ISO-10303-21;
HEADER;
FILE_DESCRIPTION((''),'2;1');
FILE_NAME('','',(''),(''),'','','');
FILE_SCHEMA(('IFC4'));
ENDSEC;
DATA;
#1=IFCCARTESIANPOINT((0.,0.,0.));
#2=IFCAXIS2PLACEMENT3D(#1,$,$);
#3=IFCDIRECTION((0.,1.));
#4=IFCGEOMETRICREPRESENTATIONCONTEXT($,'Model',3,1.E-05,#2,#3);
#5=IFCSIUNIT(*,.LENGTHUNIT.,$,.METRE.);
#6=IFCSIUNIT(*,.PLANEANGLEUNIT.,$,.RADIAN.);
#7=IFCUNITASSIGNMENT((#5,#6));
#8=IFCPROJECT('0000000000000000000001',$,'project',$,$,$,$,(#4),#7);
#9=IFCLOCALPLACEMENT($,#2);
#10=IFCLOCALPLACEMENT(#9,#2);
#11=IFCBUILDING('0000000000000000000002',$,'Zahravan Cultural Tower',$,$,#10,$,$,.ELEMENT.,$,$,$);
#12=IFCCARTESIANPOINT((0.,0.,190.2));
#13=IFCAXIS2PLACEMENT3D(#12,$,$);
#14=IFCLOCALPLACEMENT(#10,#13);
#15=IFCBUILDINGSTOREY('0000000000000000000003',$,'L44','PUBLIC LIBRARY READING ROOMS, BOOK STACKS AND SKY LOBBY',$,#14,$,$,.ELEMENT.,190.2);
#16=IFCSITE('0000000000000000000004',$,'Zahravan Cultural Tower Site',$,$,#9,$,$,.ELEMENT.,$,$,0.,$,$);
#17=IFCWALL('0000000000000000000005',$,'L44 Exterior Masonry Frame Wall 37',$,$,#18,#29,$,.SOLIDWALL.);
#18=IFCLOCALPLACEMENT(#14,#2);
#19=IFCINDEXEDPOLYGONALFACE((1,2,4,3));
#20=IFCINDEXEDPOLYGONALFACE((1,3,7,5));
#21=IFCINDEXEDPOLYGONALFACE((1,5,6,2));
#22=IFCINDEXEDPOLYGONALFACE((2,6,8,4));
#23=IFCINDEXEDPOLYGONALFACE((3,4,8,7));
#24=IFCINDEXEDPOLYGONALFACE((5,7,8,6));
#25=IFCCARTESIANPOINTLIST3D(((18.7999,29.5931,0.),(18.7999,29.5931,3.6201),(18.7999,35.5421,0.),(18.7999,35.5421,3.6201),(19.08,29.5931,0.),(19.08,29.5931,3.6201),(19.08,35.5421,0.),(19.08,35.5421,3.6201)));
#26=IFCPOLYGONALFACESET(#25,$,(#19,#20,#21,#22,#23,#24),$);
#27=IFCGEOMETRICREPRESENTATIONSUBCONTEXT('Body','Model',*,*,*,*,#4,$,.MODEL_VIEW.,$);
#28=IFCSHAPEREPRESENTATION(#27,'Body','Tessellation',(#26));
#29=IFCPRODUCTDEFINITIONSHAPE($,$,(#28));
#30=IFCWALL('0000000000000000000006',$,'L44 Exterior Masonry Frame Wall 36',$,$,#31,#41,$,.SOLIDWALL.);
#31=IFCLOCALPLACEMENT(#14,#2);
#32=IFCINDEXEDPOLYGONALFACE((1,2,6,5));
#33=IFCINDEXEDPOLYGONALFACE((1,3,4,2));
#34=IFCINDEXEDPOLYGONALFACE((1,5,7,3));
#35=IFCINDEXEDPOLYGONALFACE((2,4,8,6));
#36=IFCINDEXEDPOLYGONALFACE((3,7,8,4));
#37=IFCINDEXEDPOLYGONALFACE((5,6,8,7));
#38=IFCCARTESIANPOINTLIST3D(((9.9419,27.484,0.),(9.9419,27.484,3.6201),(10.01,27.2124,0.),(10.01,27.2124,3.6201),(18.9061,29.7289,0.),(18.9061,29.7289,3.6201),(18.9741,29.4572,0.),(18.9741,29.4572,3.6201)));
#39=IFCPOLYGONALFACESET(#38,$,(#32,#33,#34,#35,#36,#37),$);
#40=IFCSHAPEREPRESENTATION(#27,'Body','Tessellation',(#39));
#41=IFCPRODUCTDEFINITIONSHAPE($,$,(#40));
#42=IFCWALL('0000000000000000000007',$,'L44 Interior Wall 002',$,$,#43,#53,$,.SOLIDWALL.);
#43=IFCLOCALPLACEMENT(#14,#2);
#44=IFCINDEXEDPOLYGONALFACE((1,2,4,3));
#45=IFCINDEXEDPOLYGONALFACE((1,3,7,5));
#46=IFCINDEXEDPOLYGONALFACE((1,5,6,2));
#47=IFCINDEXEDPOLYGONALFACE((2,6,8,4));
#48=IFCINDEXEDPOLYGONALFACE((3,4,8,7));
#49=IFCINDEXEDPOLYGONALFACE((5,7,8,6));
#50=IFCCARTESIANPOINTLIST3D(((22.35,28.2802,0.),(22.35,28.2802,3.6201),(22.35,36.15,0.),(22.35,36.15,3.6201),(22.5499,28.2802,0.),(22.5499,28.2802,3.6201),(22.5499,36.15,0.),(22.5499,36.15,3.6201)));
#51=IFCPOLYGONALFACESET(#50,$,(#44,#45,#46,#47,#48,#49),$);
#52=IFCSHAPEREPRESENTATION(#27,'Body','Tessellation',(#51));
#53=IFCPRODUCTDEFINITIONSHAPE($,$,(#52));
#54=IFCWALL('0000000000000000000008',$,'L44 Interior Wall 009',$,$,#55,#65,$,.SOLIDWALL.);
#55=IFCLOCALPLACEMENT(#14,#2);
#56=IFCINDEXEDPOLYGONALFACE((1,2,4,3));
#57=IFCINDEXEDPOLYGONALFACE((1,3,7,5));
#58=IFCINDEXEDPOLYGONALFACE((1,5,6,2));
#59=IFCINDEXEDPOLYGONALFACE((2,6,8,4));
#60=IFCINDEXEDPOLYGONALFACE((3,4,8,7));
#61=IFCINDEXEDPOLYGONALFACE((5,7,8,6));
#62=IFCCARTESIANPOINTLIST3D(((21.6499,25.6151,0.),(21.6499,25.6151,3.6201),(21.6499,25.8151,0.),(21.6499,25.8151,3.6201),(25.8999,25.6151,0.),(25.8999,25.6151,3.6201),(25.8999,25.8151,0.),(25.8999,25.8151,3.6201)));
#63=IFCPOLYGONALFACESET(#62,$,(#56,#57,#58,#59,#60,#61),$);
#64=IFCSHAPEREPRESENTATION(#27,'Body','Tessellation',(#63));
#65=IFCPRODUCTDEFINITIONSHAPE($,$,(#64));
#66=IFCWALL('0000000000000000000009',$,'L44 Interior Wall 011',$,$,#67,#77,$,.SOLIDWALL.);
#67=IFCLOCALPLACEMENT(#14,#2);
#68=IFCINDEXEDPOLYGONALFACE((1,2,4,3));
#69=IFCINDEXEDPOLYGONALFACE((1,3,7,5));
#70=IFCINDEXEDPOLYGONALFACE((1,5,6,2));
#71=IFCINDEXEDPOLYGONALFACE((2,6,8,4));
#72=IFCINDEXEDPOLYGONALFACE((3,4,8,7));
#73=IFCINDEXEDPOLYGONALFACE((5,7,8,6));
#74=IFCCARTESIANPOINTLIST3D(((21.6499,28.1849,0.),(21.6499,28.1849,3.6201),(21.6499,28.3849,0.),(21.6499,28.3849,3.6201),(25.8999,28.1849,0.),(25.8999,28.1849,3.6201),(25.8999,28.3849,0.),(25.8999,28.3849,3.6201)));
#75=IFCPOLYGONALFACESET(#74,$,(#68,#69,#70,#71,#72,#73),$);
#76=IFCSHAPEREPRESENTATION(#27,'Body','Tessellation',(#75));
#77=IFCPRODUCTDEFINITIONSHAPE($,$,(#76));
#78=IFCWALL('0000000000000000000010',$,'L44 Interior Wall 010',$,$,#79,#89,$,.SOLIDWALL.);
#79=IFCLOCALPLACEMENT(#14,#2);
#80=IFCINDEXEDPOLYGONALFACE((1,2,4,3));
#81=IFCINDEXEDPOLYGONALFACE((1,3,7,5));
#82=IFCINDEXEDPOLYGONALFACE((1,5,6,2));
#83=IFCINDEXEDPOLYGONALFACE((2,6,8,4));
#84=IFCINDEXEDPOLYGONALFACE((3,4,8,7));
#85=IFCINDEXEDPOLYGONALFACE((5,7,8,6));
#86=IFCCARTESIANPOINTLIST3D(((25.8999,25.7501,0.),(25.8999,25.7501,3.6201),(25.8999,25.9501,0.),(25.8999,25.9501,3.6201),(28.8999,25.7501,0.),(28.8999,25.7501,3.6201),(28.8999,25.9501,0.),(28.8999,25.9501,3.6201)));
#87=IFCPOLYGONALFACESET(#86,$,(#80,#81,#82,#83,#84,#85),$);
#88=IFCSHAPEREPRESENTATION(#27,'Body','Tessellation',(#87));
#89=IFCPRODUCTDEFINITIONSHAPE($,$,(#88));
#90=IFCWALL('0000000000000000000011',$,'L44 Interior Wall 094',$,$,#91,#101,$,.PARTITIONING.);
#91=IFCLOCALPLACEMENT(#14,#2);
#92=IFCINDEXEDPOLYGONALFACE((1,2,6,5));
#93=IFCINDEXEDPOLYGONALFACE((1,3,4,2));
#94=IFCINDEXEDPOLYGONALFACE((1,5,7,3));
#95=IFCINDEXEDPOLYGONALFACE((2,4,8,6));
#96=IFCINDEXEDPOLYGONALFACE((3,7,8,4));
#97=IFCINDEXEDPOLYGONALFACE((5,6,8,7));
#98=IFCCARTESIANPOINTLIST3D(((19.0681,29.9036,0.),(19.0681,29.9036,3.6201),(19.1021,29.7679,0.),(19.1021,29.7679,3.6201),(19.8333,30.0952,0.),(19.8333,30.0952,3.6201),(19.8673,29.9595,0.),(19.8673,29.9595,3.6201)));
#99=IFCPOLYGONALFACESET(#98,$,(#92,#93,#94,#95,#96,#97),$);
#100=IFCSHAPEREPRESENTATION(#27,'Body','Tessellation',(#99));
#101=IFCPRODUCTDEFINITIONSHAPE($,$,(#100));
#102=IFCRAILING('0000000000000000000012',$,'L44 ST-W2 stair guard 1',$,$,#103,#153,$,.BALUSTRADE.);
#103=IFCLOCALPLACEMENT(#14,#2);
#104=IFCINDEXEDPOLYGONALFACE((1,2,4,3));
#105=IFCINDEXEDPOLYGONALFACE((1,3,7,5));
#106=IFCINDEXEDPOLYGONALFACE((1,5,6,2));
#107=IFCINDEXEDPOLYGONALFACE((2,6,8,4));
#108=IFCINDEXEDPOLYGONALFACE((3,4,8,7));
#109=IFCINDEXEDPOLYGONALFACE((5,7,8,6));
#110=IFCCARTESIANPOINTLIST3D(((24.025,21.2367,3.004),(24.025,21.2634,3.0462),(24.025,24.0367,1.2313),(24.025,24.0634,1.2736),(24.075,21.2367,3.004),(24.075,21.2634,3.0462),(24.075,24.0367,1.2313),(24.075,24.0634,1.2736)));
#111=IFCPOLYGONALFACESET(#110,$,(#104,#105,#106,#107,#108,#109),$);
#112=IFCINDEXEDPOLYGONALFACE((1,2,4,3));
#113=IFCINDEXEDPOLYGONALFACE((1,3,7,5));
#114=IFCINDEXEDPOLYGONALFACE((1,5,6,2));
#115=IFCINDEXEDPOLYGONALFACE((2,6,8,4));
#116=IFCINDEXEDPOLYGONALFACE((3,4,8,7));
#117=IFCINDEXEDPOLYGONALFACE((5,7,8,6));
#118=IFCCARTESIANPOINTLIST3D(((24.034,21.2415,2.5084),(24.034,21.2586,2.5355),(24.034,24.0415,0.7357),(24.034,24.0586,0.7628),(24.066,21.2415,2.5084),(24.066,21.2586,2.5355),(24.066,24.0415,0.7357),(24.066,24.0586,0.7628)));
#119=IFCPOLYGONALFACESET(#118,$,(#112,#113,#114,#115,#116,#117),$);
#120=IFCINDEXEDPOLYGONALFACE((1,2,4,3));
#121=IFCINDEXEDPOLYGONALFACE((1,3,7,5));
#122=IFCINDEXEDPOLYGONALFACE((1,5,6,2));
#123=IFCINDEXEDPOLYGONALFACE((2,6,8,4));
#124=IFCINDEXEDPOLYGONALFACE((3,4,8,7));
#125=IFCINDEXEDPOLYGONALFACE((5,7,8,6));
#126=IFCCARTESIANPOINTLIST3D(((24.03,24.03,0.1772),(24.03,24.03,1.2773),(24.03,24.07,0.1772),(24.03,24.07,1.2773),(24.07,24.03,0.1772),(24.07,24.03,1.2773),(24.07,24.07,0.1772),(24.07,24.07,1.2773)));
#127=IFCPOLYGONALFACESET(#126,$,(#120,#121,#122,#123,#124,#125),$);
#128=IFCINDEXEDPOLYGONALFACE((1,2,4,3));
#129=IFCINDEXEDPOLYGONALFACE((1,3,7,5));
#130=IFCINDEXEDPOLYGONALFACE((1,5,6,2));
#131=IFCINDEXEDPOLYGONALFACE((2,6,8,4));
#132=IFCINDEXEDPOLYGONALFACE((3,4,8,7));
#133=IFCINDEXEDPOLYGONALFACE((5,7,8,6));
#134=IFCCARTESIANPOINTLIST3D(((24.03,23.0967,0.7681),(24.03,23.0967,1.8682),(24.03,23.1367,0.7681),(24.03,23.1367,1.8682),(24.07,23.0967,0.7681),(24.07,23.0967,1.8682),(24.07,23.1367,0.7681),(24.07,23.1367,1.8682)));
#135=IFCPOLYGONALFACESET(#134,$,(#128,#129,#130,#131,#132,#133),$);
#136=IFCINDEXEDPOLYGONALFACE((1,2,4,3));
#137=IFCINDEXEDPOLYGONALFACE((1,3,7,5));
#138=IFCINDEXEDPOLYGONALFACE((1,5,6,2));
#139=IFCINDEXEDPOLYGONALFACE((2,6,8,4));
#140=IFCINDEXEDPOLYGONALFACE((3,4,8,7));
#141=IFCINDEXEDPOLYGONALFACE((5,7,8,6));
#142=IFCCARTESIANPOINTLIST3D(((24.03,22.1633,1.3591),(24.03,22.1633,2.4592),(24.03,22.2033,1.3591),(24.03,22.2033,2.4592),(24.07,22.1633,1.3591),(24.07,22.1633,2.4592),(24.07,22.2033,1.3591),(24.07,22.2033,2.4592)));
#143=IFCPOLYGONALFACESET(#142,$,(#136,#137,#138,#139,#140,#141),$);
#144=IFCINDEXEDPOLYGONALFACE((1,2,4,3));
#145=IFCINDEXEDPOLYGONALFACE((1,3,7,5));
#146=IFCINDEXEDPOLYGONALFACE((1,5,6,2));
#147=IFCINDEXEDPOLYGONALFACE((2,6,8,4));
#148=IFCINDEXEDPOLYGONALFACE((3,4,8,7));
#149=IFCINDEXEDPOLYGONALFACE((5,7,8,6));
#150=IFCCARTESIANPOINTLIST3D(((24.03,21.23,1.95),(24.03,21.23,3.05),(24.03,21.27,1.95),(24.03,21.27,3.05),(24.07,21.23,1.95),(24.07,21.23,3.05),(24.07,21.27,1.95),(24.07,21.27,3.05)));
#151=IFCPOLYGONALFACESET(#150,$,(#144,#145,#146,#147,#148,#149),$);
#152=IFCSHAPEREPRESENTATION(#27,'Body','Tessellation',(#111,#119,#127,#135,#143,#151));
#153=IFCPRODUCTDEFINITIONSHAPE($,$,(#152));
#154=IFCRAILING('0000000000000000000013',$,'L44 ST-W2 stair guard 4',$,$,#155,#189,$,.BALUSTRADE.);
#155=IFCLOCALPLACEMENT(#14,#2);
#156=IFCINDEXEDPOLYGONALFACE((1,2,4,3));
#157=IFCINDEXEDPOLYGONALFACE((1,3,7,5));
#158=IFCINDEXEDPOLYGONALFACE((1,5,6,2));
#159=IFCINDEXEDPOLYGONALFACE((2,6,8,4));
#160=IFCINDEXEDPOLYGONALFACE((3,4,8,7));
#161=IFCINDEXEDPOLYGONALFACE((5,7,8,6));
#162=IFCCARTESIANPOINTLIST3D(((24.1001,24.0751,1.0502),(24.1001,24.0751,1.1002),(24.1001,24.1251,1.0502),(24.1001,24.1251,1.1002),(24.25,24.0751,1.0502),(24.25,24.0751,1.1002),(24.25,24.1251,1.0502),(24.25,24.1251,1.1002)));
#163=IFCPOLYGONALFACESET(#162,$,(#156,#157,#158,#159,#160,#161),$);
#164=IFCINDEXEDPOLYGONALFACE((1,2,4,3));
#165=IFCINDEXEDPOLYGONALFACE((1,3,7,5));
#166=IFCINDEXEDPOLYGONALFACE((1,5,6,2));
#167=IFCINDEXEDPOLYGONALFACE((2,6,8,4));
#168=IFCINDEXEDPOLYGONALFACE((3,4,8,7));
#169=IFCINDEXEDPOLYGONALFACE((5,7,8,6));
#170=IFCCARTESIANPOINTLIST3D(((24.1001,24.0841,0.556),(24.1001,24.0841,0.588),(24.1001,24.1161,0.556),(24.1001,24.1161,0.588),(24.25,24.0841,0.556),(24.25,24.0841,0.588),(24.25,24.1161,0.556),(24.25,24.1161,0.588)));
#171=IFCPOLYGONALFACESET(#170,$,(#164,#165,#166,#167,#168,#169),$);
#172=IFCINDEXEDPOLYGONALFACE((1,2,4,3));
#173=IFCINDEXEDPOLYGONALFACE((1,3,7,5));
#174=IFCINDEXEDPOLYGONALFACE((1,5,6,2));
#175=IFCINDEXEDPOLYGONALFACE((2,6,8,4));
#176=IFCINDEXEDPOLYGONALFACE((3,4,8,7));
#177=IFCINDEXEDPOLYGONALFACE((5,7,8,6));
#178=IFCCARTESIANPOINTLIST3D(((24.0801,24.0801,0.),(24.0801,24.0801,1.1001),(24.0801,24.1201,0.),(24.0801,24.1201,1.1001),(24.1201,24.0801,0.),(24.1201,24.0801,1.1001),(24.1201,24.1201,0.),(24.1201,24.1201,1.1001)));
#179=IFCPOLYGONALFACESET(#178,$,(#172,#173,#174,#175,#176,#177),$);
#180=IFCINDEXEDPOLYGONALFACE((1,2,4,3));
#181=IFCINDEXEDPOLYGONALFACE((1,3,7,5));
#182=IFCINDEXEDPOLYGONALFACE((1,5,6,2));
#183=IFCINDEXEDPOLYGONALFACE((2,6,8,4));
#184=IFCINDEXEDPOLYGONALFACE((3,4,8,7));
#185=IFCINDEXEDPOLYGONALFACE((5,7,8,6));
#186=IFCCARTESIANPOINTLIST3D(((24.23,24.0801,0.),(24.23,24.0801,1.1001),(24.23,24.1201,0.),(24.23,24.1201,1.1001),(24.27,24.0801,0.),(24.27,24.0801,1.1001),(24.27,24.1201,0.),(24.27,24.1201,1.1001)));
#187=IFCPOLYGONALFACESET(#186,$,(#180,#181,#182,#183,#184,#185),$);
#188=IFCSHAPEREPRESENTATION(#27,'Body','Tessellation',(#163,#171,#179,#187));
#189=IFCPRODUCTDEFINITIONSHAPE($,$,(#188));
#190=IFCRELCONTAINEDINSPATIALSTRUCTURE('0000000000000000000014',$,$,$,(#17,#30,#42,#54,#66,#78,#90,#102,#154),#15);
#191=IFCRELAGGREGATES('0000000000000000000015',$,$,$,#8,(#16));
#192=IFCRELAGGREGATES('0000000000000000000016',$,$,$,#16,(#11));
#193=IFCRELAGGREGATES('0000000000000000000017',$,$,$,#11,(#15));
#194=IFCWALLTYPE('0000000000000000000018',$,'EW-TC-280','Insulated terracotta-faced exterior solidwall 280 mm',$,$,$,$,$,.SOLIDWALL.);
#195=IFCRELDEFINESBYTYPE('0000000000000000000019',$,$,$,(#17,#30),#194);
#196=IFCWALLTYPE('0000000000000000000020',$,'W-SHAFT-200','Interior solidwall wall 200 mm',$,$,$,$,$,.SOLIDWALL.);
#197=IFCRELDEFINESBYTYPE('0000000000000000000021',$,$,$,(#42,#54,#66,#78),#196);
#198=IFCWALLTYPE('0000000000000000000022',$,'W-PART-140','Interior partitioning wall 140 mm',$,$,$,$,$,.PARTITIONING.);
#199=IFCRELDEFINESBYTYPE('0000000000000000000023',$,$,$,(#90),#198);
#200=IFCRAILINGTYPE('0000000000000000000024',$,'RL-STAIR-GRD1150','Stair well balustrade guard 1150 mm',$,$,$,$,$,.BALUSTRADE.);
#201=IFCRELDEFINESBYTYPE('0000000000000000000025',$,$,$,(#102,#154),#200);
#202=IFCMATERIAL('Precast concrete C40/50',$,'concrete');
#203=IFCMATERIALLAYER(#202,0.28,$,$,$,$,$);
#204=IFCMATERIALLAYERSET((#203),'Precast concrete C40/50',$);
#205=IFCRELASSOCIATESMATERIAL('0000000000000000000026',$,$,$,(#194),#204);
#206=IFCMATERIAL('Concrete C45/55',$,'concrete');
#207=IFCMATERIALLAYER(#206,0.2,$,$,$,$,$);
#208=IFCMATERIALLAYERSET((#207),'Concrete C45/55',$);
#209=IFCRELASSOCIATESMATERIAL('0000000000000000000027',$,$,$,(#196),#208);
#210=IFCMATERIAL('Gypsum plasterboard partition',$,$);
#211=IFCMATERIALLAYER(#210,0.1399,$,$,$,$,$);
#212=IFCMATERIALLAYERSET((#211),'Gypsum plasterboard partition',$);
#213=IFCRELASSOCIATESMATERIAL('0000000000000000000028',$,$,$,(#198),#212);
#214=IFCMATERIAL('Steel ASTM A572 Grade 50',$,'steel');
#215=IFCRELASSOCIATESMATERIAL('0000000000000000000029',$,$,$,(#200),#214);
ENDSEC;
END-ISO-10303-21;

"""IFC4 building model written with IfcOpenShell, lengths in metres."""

from ifc_helpers import new_model, si_unit, direction, frame, frame_2d, origin, origin_2d, place, context, subcontext, project, spatial, rectangle, extrude, source, transform, mapped, material, layer, layer_set, type_object, element, save


model = new_model("IFC4")

# Units and contexts
model_context = context("Model", 3, precision=1e-05, world=origin(), true_north=direction((0.0, 1.0)))
body_context = subcontext(model_context, "Body", "Model", "MODEL_VIEW")
ifc_project = project(units=[si_unit("LENGTHUNIT", "METRE"), si_unit("PLANEANGLEUNIT", "RADIAN")], contexts=[model_context])

# Site, building, storey
site_placement = place(None, origin())
site = spatial("IfcSite", under=ifc_project, at=site_placement, Name="Zahravan Cultural Tower Site", CompositionType="ELEMENT", RefElevation=0.0)
building_placement = place(site_placement, origin())
building = spatial("IfcBuilding", under=site, at=building_placement, Name="Zahravan Cultural Tower", CompositionType="ELEMENT")
storey_placement = place(building_placement, frame((0.0, 0.0, 190.2)))
storey = spatial("IfcBuildingStorey", under=building, at=storey_placement, Name="L44", Description="PUBLIC LIBRARY READING ROOMS, BOOK STACKS AND SKY LOBBY", CompositionType="ELEMENT", Elevation=190.2)

# Walls
ifc_material_1 = material(Name="Precast concrete C40/50", Category="concrete")
ifc_layer_1 = layer(ifc_material_1, 0.28)
ifc_layer_set_1 = layer_set([ifc_layer_1], Name="Precast concrete C40/50")
wall_type_1 = type_object("IfcWallType", Name="EW-TC-280", Description="Insulated terracotta-faced exterior solidwall 280 mm", PredefinedType="SOLIDWALL", material=ifc_layer_set_1)
shared_shape_1 = source(origin(), body_context, "Body", "SweptSolid", [
    extrude(rectangle(XDim=5.949, YDim=0.28, at=frame_2d((2.9746, 0.0))), origin(), (0.0, 0.0, 1.0), 3.6201),
])
wall_1_placement = place(storey_placement, frame((18.9399, 29.593, 0.0), z_axis=(0.0, 0.0, 1.0), x_axis=(0.0, 1.0, 0.0)))
element("IfcWall", 1, at=wall_1_placement, inside=storey, type_object=wall_type_1, Name="L44 Exterior Masonry Frame Wall 37", PredefinedType="SOLIDWALL", context=body_context, shape_type="MappedRepresentation", body=[
    mapped(shared_shape_1, transform((0.0, 0.0, 0.0), x_axis=(1.0, 0.0, 0.0), y_axis=(0.0, 1.0, 0.0), z_axis=(0.0, 0.0, 1.0), scale=1.0)),
])
shared_shape_2 = source(origin(), body_context, "Body", "SweptSolid", [
    extrude(rectangle(XDim=9.241, YDim=0.28, at=frame_2d((4.6206, 0.0))), origin(), (0.0, 0.0, 1.0), 3.6201),
])
wall_2_placement = place(storey_placement, frame((9.9758, 27.3481, 0.0), z_axis=(0.0, 0.0, 1.0), x_axis=(0.970045, 0.242927, 0.0)))
element("IfcWall", 2, at=wall_2_placement, inside=storey, type_object=wall_type_1, Name="L44 Exterior Masonry Frame Wall 36", PredefinedType="SOLIDWALL", context=body_context, shape_type="MappedRepresentation", body=[
    mapped(shared_shape_2, transform((0.0, 0.0, 0.0), x_axis=(1.0, 0.0, 0.0), y_axis=(0.0, 1.0, 0.0), z_axis=(0.0, 0.0, 1.0), scale=1.0)),
])
ifc_material_2 = material(Name="Concrete C45/55", Category="concrete")
ifc_layer_2 = layer(ifc_material_2, 0.2)
ifc_layer_set_2 = layer_set([ifc_layer_2], Name="Concrete C45/55")
wall_type_2 = type_object("IfcWallType", Name="W-SHAFT-200", Description="Interior solidwall wall 200 mm", PredefinedType="SOLIDWALL", material=ifc_layer_set_2)
shared_shape_3 = source(origin(), body_context, "Body", "SweptSolid", [
    extrude(rectangle(XDim=7.8699, YDim=0.2, at=frame_2d((3.9351, 0.0))), origin(), (0.0, 0.0, 1.0), 3.6201),
])
wall_3_placement = place(storey_placement, frame((22.45, 28.28, 0.0), z_axis=(0.0, 0.0, 1.0), x_axis=(0.0, 1.0, 0.0)))
element("IfcWall", 3, at=wall_3_placement, inside=storey, type_object=wall_type_2, Name="L44 Interior Wall 002", PredefinedType="SOLIDWALL", context=body_context, shape_type="MappedRepresentation", body=[
    mapped(shared_shape_3, transform((0.0, 0.0, 0.0), x_axis=(1.0, 0.0, 0.0), y_axis=(0.0, 1.0, 0.0), z_axis=(0.0, 0.0, 1.0), scale=1.0)),
])
shared_shape_4 = source(origin(), body_context, "Body", "SweptSolid", [
    extrude(rectangle(XDim=4.25, YDim=0.2, at=frame_2d((2.125, 0.0))), origin(), (0.0, 0.0, 1.0), 3.6201),
])
for number, where, z_axis, x_axis, name in (
    (4, (21.6499, 25.7151, 0.0), (0.0, 0.0, 1.0), (1.0, 0.0, 0.0), "L44 Interior Wall 009"),
    (5, (21.6499, 28.2849, 0.0), (0.0, 0.0, 1.0), (1.0, 0.0, 0.0), "L44 Interior Wall 011"),
):
    element("IfcWall", number, at=place(storey_placement, frame(where, z_axis=z_axis, x_axis=x_axis)), inside=storey, type_object=wall_type_2, Name=name, PredefinedType="SOLIDWALL", context=body_context, shape_type="MappedRepresentation", body=[
        mapped(shared_shape_4, transform((0.0, 0.0, 0.0), x_axis=(1.0, 0.0, 0.0), y_axis=(0.0, 1.0, 0.0), z_axis=(0.0, 0.0, 1.0), scale=1.0)),
    ])
shared_shape_5 = source(origin(), body_context, "Body", "SweptSolid", [
    extrude(rectangle(XDim=3.0, YDim=0.2, at=frame_2d((1.5, 0.0))), origin(), (0.0, 0.0, 1.0), 3.6201),
])
wall_4_placement = place(storey_placement, frame((25.8999, 25.8501, 0.0), z_axis=(0.0, 0.0, 1.0), x_axis=(1.0, 0.0, 0.0)))
element("IfcWall", 6, at=wall_4_placement, inside=storey, type_object=wall_type_2, Name="L44 Interior Wall 010", PredefinedType="SOLIDWALL", context=body_context, shape_type="MappedRepresentation", body=[
    mapped(shared_shape_5, transform((0.0, 0.0, 0.0), x_axis=(1.0, 0.0, 0.0), y_axis=(0.0, 1.0, 0.0), z_axis=(0.0, 0.0, 1.0), scale=1.0)),
])
ifc_material_3 = material(Name="Gypsum plasterboard partition")
ifc_layer_3 = layer(ifc_material_3, 0.1399)
ifc_layer_set_3 = layer_set([ifc_layer_3], Name="Gypsum plasterboard partition")
wall_type_3 = type_object("IfcWallType", Name="W-PART-140", Description="Interior partitioning wall 140 mm", PredefinedType="PARTITIONING", material=ifc_layer_set_3)
shared_shape_6 = source(origin(), body_context, "Body", "SweptSolid", [
    extrude(rectangle(XDim=0.7888, YDim=0.1399, at=frame_2d((0.3945, 0.0))), origin(), (0.0, 0.0, 1.0), 3.6201),
])
wall_5_placement = place(storey_placement, frame((19.085, 29.8357, 0.0), z_axis=(0.0, 0.0, 1.0), x_axis=(0.970033, 0.242973, 0.0)))
element("IfcWall", 7, at=wall_5_placement, inside=storey, type_object=wall_type_3, Name="L44 Interior Wall 094", PredefinedType="PARTITIONING", context=body_context, shape_type="MappedRepresentation", body=[
    mapped(shared_shape_6, transform((0.0, 0.0, 0.0), x_axis=(1.0, 0.0, 0.0), y_axis=(0.0, 1.0, 0.0), z_axis=(0.0, 0.0, 1.0), scale=1.0)),
])

# Railings
ifc_material_4 = material(Name="Steel ASTM A572 Grade 50", Category="steel")
railing_type = type_object("IfcRailingType", Name="RL-STAIR-GRD1150", Description="Stair well balustrade guard 1150 mm", PredefinedType="BALUSTRADE", material=ifc_material_4)
railing_1_placement = place(storey_placement, frame((24.05, 24.05, 0.1772)))
element("IfcRailing", 8, at=railing_1_placement, inside=storey, type_object=railing_type, Name="L44 ST-W2 stair guard 1", PredefinedType="BALUSTRADE", context=body_context, shape_type="SweptSolid", body=[
    extrude(rectangle(XDim=0.05, YDim=0.05, at=origin_2d()), frame((0.0, 0.0, 1.0752), z_axis=(0.0, -0.844909, 0.53491), x_axis=(1.0, 0.0, 0.0)), (0.0, 0.0, 1.0), 3.314),
    extrude(rectangle(XDim=0.032, YDim=0.032, at=origin_2d()), frame((0.0, 0.0, 0.572), z_axis=(0.0, -0.844909, 0.53491), x_axis=(1.0, 0.0, 0.0)), (0.0, 0.0, 1.0), 3.314),
    extrude(rectangle(XDim=0.04, YDim=0.04, at=origin_2d()), origin(), (0.0, 0.0, 1.0), 1.1001),
    extrude(rectangle(XDim=0.04, YDim=0.04, at=origin_2d()), frame((0.0, -0.9333, 0.5908)), (0.0, 0.0, 1.0), 1.1001),
    extrude(rectangle(XDim=0.04, YDim=0.04, at=origin_2d()), frame((0.0, -1.8667, 1.1819)), (0.0, 0.0, 1.0), 1.1001),
    extrude(rectangle(XDim=0.04, YDim=0.04, at=origin_2d()), frame((0.0, -2.8, 1.7727)), (0.0, 0.0, 1.0), 1.1001),
])
railing_2_placement = place(storey_placement, frame((24.1001, 24.1001, 0.0)))
element("IfcRailing", 9, at=railing_2_placement, inside=storey, type_object=railing_type, Name="L44 ST-W2 stair guard 4", PredefinedType="BALUSTRADE", context=body_context, shape_type="SweptSolid", body=[
    extrude(rectangle(XDim=0.05, YDim=0.05, at=origin_2d()), frame((0.0, 0.0, 1.0752), z_axis=(1.0, 0.0, 0.0), x_axis=(0.0, 1.0, 0.0)), (0.0, 0.0, 1.0), 0.1499),
    extrude(rectangle(XDim=0.032, YDim=0.032, at=origin_2d()), frame((0.0, 0.0, 0.572), z_axis=(1.0, 0.0, 0.0), x_axis=(0.0, 1.0, 0.0)), (0.0, 0.0, 1.0), 0.1499),
    extrude(rectangle(XDim=0.04, YDim=0.04, at=origin_2d()), origin(), (0.0, 0.0, 1.0), 1.1001),
    extrude(rectangle(XDim=0.04, YDim=0.04, at=origin_2d()), frame((0.1499, 0.0, 0.0)), (0.0, 0.0, 1.0), 1.1001),
])

save(model, "model.ifc")
